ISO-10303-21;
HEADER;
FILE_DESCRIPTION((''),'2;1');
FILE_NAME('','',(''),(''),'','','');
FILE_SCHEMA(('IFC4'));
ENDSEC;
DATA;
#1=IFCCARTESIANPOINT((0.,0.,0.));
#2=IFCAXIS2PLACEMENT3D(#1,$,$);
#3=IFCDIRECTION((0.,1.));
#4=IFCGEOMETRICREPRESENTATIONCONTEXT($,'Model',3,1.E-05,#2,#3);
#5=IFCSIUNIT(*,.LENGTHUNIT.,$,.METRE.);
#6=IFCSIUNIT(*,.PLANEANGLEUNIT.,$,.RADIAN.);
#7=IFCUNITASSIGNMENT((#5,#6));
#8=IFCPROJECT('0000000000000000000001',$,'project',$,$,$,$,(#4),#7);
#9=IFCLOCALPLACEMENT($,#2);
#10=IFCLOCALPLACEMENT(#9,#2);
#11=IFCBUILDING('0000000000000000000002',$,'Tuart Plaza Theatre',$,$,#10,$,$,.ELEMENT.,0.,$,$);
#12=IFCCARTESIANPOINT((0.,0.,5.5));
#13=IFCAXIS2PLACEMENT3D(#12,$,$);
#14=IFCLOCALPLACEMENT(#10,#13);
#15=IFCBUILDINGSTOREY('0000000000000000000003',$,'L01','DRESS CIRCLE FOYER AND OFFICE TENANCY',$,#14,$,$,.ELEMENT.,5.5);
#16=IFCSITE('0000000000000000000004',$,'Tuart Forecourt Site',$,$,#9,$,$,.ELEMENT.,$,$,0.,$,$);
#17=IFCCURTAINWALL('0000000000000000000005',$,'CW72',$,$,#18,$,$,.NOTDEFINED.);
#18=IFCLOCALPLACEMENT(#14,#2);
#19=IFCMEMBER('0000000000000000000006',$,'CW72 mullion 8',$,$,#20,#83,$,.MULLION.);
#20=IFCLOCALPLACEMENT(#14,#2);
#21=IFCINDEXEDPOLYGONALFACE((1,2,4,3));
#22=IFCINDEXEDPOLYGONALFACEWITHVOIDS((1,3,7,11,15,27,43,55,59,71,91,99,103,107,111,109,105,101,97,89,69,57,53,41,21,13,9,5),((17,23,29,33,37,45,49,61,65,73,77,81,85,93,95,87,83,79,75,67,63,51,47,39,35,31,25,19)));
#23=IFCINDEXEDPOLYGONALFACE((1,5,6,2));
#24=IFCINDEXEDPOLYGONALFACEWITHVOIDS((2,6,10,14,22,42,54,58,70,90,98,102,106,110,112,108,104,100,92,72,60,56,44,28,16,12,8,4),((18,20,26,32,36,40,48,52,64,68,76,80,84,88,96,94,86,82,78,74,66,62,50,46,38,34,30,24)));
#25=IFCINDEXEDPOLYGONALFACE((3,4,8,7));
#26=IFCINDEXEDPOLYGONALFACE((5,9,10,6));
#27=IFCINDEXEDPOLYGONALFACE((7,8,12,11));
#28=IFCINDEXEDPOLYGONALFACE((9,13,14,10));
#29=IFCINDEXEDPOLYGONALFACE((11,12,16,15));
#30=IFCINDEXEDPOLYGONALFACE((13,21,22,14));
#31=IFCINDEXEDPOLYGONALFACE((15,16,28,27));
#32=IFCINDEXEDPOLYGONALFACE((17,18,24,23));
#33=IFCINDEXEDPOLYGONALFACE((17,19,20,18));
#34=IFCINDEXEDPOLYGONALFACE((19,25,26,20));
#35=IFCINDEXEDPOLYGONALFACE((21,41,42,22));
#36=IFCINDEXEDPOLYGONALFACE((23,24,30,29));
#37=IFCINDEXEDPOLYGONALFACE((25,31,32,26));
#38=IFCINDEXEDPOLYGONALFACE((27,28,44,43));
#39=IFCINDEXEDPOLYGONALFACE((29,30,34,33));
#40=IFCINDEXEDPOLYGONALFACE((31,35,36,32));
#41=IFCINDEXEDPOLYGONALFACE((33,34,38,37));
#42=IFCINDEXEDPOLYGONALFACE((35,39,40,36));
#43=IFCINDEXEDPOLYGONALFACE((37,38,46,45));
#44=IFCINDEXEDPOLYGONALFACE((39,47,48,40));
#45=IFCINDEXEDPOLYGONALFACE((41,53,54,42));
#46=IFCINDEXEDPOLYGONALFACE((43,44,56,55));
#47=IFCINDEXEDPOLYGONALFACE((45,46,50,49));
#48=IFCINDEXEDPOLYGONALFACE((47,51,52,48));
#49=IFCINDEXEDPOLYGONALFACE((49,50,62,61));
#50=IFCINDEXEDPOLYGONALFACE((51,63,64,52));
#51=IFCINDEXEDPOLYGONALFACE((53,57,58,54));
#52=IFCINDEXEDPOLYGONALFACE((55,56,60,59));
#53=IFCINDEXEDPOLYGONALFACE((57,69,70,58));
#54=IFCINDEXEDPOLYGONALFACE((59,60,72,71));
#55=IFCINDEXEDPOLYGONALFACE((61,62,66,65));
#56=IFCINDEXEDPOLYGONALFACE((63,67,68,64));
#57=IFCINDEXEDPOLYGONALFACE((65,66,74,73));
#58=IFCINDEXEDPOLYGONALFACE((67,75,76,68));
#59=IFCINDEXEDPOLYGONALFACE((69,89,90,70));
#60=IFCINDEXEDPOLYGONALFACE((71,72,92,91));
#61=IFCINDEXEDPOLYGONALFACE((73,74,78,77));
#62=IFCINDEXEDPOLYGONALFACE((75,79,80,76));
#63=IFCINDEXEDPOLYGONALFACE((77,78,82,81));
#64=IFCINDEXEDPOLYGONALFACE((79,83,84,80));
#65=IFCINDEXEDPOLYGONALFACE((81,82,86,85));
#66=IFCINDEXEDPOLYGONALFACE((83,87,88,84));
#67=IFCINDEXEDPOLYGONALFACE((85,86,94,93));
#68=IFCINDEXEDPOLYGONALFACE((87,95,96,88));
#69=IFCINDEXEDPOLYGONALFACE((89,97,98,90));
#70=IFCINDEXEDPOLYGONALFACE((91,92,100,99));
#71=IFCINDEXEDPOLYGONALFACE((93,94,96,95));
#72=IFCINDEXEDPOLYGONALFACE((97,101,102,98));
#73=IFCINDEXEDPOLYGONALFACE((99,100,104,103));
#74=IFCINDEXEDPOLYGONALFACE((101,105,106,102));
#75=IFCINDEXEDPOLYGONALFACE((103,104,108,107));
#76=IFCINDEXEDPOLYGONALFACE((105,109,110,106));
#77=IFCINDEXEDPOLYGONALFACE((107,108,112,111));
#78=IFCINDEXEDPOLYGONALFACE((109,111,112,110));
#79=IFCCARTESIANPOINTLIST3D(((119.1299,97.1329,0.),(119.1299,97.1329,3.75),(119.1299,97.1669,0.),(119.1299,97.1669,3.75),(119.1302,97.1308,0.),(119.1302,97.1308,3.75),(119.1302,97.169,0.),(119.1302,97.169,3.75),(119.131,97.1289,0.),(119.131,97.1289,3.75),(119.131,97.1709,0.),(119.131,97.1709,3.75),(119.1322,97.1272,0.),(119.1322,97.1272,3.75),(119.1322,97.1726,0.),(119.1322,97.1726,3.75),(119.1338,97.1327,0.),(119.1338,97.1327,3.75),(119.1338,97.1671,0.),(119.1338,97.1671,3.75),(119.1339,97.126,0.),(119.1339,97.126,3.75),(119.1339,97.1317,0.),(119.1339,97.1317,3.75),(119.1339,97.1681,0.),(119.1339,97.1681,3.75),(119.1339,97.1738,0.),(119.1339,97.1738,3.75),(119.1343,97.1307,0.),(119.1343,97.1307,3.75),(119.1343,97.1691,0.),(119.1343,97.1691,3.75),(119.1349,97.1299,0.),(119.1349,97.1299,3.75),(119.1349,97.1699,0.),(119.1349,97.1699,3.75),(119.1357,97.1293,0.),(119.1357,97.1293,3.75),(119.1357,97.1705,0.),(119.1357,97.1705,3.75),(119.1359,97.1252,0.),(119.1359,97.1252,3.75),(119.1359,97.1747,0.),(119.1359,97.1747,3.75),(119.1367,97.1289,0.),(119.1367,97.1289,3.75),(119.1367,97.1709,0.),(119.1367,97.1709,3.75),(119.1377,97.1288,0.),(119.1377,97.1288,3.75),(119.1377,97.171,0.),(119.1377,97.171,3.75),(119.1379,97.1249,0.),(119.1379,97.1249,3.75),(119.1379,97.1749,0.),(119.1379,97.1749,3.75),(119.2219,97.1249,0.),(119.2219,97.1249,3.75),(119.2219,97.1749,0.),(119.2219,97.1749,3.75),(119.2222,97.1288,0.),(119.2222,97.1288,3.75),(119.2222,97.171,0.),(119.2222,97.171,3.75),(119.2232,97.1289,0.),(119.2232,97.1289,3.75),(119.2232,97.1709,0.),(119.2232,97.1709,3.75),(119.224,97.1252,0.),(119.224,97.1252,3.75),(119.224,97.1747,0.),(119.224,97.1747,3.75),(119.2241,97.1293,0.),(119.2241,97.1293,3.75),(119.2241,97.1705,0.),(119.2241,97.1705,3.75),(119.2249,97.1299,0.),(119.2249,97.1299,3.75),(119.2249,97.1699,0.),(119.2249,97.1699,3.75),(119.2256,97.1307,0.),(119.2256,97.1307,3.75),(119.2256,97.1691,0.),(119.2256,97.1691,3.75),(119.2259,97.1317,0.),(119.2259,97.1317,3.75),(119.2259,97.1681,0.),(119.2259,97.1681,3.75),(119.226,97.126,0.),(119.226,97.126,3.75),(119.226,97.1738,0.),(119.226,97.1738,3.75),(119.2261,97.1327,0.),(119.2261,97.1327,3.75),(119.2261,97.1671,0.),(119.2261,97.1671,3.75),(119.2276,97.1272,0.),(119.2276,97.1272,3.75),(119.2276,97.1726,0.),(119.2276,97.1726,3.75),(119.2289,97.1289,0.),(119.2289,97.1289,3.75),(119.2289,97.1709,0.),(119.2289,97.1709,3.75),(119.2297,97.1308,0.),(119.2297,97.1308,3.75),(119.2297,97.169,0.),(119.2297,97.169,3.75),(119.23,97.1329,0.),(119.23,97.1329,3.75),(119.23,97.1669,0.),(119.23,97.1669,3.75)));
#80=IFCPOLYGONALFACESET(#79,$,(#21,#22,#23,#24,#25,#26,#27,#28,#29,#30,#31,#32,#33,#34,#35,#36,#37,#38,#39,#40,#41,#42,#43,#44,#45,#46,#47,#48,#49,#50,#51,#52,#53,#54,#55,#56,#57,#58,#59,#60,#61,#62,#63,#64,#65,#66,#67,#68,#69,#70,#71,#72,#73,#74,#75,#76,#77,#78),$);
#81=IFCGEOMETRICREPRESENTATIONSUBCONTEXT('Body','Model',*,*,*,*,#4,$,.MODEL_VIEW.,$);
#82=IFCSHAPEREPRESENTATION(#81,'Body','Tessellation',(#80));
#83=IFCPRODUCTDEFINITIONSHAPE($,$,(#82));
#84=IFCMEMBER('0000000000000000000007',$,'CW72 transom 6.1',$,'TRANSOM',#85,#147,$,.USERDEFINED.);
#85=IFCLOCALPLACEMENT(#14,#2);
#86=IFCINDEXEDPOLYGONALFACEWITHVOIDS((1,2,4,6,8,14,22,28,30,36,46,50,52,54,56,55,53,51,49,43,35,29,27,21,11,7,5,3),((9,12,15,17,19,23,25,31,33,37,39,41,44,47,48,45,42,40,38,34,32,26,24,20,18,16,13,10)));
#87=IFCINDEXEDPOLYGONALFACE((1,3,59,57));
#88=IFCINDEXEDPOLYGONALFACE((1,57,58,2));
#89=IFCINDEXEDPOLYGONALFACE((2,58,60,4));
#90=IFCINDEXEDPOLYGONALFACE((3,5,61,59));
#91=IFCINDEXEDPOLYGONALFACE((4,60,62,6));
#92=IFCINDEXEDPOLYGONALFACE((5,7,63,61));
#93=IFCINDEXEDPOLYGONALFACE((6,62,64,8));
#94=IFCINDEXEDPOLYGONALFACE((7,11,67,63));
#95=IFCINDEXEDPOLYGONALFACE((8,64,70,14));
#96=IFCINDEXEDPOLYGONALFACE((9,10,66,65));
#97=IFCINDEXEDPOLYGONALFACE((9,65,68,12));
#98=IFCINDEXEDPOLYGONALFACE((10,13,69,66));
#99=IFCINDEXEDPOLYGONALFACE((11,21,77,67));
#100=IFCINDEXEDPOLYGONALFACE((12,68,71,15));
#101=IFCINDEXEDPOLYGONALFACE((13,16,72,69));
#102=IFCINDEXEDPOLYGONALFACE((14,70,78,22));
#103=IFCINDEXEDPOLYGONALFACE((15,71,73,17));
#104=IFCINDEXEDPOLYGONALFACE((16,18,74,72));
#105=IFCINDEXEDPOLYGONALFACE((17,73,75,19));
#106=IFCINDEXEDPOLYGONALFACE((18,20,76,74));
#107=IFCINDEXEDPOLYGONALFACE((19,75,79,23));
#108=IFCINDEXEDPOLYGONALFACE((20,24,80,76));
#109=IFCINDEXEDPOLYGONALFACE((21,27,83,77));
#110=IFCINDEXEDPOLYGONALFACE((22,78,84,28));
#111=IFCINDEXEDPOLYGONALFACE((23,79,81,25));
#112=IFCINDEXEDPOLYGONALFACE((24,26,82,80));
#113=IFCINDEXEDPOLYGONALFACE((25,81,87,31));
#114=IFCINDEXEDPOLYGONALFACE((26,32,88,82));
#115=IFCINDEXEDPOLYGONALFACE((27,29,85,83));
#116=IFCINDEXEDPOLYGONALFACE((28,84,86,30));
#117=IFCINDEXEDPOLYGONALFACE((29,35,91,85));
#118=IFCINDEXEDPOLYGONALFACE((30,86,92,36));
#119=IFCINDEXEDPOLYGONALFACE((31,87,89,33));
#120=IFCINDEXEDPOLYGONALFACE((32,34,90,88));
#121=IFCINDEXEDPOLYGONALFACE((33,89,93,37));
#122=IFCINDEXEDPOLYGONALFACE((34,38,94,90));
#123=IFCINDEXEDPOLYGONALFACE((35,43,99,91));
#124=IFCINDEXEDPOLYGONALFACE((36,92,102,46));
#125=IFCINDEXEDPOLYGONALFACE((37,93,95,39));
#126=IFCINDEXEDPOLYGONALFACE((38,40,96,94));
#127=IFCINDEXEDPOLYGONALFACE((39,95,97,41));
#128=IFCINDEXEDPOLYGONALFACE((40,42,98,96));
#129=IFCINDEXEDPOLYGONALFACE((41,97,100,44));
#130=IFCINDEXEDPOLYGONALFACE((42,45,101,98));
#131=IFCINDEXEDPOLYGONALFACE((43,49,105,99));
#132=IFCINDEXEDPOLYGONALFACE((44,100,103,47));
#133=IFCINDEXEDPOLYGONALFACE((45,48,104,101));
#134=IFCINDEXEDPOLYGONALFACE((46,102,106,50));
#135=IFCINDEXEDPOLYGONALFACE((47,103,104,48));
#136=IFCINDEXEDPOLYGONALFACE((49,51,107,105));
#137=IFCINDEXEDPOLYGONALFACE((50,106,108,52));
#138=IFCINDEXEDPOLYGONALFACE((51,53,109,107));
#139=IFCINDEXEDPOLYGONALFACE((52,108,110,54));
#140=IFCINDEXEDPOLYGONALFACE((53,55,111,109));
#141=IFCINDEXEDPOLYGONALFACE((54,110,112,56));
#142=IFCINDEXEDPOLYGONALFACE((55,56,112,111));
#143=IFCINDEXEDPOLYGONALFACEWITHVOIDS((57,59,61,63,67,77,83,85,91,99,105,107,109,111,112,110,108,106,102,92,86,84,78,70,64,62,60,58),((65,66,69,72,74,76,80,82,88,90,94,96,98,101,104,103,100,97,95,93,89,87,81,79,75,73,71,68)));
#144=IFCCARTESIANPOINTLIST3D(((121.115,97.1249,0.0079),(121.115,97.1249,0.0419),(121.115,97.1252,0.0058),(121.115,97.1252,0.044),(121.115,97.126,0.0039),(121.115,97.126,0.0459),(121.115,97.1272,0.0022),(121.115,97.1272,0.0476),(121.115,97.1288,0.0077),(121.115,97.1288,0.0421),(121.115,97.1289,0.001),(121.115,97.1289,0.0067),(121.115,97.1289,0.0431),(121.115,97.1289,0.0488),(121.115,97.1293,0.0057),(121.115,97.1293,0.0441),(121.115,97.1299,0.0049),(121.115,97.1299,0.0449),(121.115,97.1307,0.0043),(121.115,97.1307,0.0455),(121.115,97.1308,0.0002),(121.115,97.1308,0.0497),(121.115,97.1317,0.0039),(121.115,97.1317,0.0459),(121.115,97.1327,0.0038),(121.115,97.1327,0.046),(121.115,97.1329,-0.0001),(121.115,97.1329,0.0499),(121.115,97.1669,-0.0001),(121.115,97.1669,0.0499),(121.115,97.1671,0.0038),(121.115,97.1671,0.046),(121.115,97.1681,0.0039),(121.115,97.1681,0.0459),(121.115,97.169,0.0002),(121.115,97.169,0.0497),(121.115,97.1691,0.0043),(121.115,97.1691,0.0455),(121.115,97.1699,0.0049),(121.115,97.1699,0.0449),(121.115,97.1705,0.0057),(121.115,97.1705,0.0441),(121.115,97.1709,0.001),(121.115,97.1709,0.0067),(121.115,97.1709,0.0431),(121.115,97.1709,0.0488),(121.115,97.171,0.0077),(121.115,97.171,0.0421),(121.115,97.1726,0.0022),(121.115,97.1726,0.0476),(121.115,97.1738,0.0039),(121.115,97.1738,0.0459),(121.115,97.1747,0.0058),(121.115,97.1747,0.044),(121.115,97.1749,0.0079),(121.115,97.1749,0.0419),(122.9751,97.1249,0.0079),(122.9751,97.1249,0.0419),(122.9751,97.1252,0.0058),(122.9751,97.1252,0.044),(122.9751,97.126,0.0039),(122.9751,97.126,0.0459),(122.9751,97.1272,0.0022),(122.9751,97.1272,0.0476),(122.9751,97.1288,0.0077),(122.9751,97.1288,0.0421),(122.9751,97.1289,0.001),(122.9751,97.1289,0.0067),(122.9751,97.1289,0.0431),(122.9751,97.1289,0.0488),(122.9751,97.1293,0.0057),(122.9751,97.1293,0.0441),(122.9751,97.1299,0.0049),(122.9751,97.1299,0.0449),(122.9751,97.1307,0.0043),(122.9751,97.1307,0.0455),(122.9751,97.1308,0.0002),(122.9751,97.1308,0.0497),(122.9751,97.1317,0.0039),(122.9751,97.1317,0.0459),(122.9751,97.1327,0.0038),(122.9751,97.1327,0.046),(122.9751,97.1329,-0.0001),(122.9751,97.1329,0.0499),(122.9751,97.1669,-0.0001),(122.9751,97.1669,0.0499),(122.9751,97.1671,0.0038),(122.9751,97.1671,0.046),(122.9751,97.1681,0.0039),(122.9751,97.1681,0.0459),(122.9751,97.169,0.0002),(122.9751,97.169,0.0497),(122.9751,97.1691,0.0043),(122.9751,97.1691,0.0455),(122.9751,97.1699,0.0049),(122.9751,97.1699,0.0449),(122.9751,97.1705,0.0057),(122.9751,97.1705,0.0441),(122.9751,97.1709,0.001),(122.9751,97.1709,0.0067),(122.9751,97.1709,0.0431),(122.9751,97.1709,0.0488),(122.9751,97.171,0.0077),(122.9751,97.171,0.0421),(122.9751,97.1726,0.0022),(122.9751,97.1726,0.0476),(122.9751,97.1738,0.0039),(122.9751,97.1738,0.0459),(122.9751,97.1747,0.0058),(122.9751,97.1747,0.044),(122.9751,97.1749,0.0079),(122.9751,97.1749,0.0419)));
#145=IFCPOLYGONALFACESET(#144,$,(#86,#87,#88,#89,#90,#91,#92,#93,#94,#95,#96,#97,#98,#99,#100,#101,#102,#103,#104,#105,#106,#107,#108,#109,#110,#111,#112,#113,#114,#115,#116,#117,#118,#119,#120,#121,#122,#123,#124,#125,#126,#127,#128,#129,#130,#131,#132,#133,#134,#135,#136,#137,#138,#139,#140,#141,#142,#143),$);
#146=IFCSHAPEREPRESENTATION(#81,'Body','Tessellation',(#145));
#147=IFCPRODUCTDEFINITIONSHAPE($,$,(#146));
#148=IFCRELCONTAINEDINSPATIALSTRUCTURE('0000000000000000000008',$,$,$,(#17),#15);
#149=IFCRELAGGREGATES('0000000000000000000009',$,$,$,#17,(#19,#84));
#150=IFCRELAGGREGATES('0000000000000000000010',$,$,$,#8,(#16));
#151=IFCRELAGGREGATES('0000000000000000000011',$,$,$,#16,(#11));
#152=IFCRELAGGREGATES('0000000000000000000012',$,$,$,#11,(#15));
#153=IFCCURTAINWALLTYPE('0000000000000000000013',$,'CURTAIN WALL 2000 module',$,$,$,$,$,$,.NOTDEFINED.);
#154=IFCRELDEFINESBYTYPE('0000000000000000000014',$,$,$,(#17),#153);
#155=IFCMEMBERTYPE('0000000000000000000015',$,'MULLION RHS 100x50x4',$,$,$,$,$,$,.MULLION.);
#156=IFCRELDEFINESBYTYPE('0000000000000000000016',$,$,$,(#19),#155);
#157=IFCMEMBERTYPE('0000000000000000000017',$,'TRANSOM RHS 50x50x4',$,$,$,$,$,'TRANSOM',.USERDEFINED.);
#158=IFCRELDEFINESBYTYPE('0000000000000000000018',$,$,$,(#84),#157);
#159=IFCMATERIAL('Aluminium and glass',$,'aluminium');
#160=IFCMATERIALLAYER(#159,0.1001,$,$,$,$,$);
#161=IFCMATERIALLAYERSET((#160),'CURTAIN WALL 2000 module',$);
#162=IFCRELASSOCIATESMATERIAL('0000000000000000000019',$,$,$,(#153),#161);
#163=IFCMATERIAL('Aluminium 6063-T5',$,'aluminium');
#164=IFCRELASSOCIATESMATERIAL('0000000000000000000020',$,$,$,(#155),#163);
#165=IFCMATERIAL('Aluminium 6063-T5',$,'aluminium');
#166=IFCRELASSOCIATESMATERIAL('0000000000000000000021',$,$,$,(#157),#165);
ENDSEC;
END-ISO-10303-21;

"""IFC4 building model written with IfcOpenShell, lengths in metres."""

from ifc_helpers import new_model, si_unit, direction, frame, origin, origin_2d, place, context, subcontext, project, spatial, hollow_rectangle, extrude, material, layer, layer_set, material_profile, profile_set, type_object, element, aggregate, save


model = new_model("IFC4")

# Units and contexts
model_context = context("Model", 3, precision=1e-05, world=origin(), true_north=direction((0.0, 1.0)))
body_context = subcontext(model_context, "Body", "Model", "MODEL_VIEW")
ifc_project = project(units=[si_unit("LENGTHUNIT", "METRE"), si_unit("PLANEANGLEUNIT", "RADIAN")], contexts=[model_context])

# Site, building, storey
site_placement = place(None, origin())
site = spatial("IfcSite", under=ifc_project, at=site_placement, Name="Tuart Forecourt Site", CompositionType="ELEMENT", RefElevation=0.0)
building_placement = place(site_placement, origin())
building = spatial("IfcBuilding", under=site, at=building_placement, Name="Tuart Plaza Theatre", CompositionType="ELEMENT", ElevationOfRefHeight=0.0)
storey_placement = place(building_placement, frame((0.0, 0.0, 5.5)))
storey = spatial("IfcBuildingStorey", under=building, at=storey_placement, Name="L01", Description="DRESS CIRCLE FOYER AND OFFICE TENANCY", CompositionType="ELEMENT", Elevation=5.5)

# Curtain wall, members
ifc_material_1 = material(Name="Aluminium and glass", Category="aluminium")
ifc_layer_1 = layer(ifc_material_1, 0.1001)
ifc_layer_set_1 = layer_set([ifc_layer_1], Name="CURTAIN WALL 2000 module")
curtain_wall_type = type_object("IfcCurtainWallType", Name="CURTAIN WALL 2000 module", PredefinedType="NOTDEFINED", material=ifc_layer_set_1)
curtain_wall_placement = place(storey_placement, origin())
curtain_wall = element("IfcCurtainWall", 1, at=curtain_wall_placement, inside=storey, type_object=curtain_wall_type, Name="CW72", PredefinedType="NOTDEFINED")
ifc_material_2 = material(Name="Aluminium 6063-T5", Category="aluminium")
ifc_material_profile_1 = material_profile(ifc_material_2, hollow_rectangle(XDim=0.05, YDim=0.1001, WallThickness=0.0039, InnerFilletRadius=0.0039, OuterFilletRadius=0.0081, at=origin_2d()), Name="RHS 100x50x4")
ifc_profile_set_1 = profile_set([ifc_material_profile_1], Name="Aluminium 6063-T5")
member_type_1 = type_object("IfcMemberType", Name="MULLION RHS 100x50x4", PredefinedType="MULLION", material=ifc_profile_set_1)
member_1_placement = place(storey_placement, frame((119.1799, 97.1499, 0.0), z_axis=(0.0, 0.0, 1.0), x_axis=(0.0, -1.0, 0.0)))
member_1 = element("IfcMember", 2, at=member_1_placement, type_object=member_type_1, Name="CW72 mullion 8", PredefinedType="MULLION", context=body_context, shape_type="SweptSolid", body=[
    extrude(hollow_rectangle(XDim=0.05, YDim=0.1001, WallThickness=0.0039, InnerFilletRadius=0.0039, OuterFilletRadius=0.0081, at=origin_2d()), origin(), (0.0, 0.0, 1.0), 3.75),
])
ifc_material_3 = material(Name="Aluminium 6063-T5", Category="aluminium")
ifc_material_profile_2 = material_profile(ifc_material_3, hollow_rectangle(XDim=0.05, YDim=0.05, WallThickness=0.0039, InnerFilletRadius=0.0039, OuterFilletRadius=0.0081, at=origin_2d()), Name="RHS 50x50x4")
ifc_profile_set_2 = profile_set([ifc_material_profile_2], Name="Aluminium 6063-T5")
member_type_2 = type_object("IfcMemberType", Name="TRANSOM RHS 50x50x4", ElementType="TRANSOM", PredefinedType="USERDEFINED", material=ifc_profile_set_2)
member_2_placement = place(storey_placement, frame((122.9751, 97.1499, 0.0249), z_axis=(-1.0, 0.0, 0.0), x_axis=(0.0, -1.0, 0.0)))
member_2 = element("IfcMember", 3, at=member_2_placement, type_object=member_type_2, Name="CW72 transom 6.1", ObjectType="TRANSOM", PredefinedType="USERDEFINED", context=body_context, shape_type="SweptSolid", body=[
    extrude(hollow_rectangle(XDim=0.05, YDim=0.05, WallThickness=0.0039, InnerFilletRadius=0.0039, OuterFilletRadius=0.0081, at=origin_2d()), origin(), (0.0, 0.0, 1.0), 1.8601),
])
aggregate(curtain_wall, [member_1, member_2])

save(model, "model.ifc")
